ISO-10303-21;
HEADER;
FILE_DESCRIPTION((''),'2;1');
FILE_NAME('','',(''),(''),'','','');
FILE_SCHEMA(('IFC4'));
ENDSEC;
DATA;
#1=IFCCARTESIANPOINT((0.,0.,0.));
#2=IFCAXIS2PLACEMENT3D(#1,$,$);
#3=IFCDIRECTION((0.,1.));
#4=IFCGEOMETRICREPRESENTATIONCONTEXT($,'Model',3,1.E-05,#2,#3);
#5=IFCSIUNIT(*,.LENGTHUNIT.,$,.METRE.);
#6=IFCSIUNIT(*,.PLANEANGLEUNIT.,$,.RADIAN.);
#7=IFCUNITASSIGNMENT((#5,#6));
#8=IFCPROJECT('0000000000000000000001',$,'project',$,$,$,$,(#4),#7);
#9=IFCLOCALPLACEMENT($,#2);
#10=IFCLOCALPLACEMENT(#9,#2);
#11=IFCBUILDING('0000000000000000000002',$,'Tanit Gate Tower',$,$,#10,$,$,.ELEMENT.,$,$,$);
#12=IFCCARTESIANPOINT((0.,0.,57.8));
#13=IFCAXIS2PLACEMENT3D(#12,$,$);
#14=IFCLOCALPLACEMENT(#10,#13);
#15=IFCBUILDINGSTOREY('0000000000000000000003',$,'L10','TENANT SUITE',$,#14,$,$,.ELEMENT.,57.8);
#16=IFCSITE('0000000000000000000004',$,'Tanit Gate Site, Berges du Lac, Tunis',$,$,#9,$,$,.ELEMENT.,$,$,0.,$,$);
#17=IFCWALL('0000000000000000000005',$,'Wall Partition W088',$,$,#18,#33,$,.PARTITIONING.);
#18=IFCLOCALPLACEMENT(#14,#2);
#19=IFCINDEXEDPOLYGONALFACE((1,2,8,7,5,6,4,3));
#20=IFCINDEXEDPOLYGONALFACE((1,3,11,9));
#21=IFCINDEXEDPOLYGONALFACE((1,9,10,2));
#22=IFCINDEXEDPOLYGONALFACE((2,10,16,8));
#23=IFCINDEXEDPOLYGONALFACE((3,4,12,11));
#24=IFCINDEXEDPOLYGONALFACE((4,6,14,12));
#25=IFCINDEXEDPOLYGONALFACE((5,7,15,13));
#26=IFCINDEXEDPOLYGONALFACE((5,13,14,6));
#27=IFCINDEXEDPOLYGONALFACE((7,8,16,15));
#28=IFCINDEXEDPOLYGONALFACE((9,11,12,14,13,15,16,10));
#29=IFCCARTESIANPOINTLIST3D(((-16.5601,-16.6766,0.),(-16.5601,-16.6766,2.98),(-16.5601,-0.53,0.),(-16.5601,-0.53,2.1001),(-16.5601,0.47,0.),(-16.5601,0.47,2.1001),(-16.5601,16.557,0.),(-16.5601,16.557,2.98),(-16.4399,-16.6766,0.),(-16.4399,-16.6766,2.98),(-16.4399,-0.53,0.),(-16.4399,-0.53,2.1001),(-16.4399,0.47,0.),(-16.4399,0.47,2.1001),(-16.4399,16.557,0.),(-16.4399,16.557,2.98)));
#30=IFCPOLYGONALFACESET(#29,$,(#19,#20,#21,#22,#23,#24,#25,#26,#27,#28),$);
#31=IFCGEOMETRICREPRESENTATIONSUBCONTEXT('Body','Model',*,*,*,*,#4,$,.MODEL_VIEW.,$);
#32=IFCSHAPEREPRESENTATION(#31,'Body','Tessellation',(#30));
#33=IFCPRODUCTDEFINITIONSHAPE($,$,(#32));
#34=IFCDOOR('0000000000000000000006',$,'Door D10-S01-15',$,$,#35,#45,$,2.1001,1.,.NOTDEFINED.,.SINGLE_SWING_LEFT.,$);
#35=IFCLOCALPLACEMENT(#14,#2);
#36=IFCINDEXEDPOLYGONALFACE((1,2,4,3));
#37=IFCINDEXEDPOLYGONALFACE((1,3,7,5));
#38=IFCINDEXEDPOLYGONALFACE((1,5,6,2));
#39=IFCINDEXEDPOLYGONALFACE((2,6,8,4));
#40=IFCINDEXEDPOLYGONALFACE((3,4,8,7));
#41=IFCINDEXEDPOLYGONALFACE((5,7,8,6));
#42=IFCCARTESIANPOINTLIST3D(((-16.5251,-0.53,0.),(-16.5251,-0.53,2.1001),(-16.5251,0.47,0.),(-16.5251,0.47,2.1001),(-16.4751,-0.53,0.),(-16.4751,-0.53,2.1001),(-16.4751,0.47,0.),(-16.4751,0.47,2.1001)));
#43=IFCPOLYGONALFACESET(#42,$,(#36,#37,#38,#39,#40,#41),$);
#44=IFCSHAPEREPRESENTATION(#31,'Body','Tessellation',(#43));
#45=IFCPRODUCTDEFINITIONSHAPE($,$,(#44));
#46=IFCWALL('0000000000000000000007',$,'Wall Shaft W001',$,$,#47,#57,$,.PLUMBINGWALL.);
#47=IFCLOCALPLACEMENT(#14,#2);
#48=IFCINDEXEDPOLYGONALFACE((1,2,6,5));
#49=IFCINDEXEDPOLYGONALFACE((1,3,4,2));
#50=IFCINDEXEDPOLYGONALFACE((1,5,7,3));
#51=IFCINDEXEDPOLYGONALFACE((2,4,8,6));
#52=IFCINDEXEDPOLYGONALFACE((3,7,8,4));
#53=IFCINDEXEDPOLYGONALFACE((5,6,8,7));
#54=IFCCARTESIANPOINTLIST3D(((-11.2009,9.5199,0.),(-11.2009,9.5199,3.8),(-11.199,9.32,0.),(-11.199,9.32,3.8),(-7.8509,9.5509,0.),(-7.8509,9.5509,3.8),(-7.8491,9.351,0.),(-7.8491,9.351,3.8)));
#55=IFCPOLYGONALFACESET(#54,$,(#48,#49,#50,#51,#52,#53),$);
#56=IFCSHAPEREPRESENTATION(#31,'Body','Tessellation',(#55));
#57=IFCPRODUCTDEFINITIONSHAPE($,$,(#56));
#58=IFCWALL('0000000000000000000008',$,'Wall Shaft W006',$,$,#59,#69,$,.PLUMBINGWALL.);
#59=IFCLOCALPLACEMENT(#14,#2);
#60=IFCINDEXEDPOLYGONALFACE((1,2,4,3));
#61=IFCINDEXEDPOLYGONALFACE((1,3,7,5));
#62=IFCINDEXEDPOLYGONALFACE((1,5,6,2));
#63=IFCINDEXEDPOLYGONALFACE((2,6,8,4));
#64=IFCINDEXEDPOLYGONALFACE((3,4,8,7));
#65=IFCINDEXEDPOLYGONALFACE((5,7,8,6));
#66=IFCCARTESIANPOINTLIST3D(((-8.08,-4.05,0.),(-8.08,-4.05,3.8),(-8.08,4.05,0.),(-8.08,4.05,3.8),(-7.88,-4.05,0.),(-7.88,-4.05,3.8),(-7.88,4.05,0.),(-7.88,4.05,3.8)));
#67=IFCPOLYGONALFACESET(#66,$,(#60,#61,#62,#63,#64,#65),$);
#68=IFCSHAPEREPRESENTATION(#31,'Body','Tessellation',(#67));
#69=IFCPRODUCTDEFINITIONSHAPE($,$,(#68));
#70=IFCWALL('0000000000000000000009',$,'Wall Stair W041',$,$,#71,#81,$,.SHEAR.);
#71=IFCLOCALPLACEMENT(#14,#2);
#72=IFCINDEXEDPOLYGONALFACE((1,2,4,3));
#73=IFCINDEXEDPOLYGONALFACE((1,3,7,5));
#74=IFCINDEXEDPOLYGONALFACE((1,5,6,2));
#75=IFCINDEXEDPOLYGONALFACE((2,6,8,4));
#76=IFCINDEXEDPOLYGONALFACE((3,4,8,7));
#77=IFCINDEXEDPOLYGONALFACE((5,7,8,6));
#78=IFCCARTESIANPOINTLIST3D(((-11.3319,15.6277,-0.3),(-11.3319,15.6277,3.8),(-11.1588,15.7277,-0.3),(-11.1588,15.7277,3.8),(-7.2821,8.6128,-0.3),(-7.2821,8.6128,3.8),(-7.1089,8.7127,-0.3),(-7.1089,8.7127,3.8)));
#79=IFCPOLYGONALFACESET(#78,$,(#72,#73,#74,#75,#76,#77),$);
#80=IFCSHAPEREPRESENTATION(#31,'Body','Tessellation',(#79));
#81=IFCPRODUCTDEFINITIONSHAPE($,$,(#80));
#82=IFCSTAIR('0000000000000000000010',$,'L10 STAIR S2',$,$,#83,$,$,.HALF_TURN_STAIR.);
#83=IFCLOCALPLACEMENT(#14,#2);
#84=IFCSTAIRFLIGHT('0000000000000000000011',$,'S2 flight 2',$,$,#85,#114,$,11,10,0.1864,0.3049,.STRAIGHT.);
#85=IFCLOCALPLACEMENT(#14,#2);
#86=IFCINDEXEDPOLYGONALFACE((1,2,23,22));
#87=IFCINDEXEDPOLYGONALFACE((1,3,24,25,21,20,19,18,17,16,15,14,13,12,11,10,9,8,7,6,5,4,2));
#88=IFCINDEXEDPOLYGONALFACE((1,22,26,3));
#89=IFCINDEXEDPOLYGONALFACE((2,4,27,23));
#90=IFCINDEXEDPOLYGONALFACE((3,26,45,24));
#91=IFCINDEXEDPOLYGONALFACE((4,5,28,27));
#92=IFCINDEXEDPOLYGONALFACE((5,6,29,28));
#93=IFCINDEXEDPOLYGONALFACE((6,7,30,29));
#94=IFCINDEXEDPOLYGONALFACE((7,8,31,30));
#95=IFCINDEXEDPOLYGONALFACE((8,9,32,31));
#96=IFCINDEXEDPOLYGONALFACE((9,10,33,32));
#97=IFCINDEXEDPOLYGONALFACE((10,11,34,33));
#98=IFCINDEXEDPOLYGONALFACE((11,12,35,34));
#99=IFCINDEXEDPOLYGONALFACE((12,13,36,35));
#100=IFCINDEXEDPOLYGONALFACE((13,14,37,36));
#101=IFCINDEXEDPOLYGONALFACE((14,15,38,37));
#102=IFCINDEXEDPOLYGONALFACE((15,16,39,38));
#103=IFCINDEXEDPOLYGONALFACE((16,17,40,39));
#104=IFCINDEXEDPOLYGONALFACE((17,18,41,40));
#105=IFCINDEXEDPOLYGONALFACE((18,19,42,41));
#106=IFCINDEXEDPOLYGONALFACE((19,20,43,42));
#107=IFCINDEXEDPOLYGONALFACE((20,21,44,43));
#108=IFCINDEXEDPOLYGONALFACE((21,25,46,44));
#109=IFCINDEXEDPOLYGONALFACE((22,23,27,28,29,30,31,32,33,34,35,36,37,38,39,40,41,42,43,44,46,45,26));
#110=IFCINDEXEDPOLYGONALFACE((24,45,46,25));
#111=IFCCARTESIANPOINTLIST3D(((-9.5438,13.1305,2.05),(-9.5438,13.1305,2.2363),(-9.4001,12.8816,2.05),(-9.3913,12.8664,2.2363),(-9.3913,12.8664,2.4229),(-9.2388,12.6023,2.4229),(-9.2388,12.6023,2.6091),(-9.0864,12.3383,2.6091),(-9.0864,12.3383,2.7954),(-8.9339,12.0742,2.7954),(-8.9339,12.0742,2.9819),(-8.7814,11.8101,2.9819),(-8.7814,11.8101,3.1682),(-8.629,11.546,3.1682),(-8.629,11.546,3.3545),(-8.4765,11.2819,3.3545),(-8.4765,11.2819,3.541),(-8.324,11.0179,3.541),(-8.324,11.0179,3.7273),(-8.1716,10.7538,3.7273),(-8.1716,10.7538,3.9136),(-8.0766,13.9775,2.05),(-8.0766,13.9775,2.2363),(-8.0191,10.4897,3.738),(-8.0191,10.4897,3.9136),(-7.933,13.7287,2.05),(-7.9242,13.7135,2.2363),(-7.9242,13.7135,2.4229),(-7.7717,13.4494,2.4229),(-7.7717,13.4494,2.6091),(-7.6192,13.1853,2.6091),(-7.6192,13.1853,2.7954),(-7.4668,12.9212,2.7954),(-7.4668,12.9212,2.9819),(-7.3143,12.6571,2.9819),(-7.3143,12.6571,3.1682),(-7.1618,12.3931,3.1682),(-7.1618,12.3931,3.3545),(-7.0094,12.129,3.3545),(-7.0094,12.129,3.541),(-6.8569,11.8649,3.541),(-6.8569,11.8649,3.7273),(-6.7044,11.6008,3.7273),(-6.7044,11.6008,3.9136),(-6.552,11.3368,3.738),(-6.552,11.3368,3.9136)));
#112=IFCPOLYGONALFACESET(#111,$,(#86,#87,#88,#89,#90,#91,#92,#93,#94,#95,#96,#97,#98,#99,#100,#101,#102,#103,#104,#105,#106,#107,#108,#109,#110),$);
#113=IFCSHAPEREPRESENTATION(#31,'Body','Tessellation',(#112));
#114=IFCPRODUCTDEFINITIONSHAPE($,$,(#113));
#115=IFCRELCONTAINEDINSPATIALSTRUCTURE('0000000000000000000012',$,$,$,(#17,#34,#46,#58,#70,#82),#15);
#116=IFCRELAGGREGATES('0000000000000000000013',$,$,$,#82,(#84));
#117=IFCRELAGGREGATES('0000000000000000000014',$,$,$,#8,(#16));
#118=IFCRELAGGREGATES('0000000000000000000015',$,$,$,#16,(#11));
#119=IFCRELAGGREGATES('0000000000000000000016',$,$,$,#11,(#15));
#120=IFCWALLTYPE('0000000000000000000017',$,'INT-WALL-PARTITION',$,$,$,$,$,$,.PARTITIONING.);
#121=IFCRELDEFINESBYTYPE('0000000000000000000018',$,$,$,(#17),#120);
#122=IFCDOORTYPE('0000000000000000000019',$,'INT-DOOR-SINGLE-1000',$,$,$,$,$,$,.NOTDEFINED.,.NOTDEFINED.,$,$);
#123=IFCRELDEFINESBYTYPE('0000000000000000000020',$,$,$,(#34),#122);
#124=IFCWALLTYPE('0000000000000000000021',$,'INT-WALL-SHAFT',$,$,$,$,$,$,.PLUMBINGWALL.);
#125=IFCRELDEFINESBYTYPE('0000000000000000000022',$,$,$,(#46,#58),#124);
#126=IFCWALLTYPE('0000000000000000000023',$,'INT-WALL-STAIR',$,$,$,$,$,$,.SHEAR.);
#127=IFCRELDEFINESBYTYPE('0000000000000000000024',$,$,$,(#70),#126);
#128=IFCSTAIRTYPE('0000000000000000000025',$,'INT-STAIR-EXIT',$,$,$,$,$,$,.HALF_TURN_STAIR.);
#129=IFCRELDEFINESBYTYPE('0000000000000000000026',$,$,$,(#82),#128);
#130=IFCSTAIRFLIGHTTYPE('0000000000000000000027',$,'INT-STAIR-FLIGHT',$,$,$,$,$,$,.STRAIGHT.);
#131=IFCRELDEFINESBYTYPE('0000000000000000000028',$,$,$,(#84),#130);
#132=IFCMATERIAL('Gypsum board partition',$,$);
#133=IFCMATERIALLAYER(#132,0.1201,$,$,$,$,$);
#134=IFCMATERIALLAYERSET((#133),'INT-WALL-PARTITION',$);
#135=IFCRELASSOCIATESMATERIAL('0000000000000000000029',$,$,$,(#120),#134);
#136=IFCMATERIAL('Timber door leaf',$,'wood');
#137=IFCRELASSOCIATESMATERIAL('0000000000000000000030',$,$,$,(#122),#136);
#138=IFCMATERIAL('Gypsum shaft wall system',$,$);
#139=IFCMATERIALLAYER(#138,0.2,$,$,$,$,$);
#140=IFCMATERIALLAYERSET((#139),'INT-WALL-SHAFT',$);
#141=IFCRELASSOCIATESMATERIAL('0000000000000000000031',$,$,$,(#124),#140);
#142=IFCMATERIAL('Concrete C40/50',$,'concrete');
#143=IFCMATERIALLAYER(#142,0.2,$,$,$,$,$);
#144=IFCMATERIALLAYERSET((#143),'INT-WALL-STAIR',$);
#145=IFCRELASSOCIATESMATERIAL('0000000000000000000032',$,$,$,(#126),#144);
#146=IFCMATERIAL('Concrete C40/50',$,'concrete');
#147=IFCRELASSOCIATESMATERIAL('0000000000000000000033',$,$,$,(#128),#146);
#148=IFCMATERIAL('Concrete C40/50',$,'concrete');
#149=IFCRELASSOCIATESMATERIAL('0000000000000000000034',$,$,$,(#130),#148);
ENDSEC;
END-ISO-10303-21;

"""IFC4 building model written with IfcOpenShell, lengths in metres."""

from ifc_helpers import new_model, si_unit, direction, frame, frame_2d, origin, place, context, subcontext, project, spatial, polyline, rectangle, outline, extrude, material, layer, layer_set, type_object, element, fill, aggregate, save


model = new_model("IFC4")

# Units and contexts
model_context = context("Model", 3, precision=1e-05, world=origin(), true_north=direction((0.0, 1.0)))
body_context = subcontext(model_context, "Body", "Model", "MODEL_VIEW")
ifc_project = project(units=[si_unit("LENGTHUNIT", "METRE"), si_unit("PLANEANGLEUNIT", "RADIAN")], contexts=[model_context])

# Site, building, storey
site_placement = place(None, origin())
site = spatial("IfcSite", under=ifc_project, at=site_placement, Name="Tanit Gate Site, Berges du Lac, Tunis", CompositionType="ELEMENT", RefElevation=0.0)
building_placement = place(site_placement, origin())
building = spatial("IfcBuilding", under=site, at=building_placement, Name="Tanit Gate Tower", CompositionType="ELEMENT")
storey_placement = place(building_placement, frame((0.0, 0.0, 57.8)))
storey = spatial("IfcBuildingStorey", under=building, at=storey_placement, Name="L10", Description="TENANT SUITE", CompositionType="ELEMENT", Elevation=57.8)

# Wall, opening, door
ifc_material_1 = material(Name="Gypsum board partition")
ifc_layer_1 = layer(ifc_material_1, 0.1201)
ifc_layer_set_1 = layer_set([ifc_layer_1], Name="INT-WALL-PARTITION")
wall_type_1 = type_object("IfcWallType", Name="INT-WALL-PARTITION", PredefinedType="PARTITIONING", material=ifc_layer_set_1)
wall_1_placement = place(storey_placement, frame((-16.5, 16.5569, 0.0), z_axis=(0.0, 0.0, 1.0), x_axis=(0.0, -1.0, 0.0)))
wall_1 = element("IfcWall", 1, at=wall_1_placement, inside=storey, type_object=wall_type_1, Name="Wall Partition W088", PredefinedType="PARTITIONING", context=body_context, shape_type="SweptSolid", body=[
    extrude(rectangle(XDim=33.2336, YDim=0.1201, at=frame_2d((16.6167, 0.0))), origin(), (0.0, 0.0, 1.0), 2.98),
])
opening_1_placement = place(wall_1_placement, frame((16.0869, 0.0, 0.0)))
opening_1 = element("IfcOpeningElement", 2, at=opening_1_placement, cuts=wall_1, PredefinedType="OPENING", context=body_context, shape_type="SweptSolid", body=[
    extrude(rectangle(XDim=1.0, YDim=2.1001, at=frame_2d((0.5, 1.05))), frame((0.0, 0.0701, 0.0), z_axis=(0.0, -1.0, 0.0), x_axis=(1.0, 0.0, 0.0)), (0.0, 0.0, 1.0), 0.1401),
])
ifc_material_2 = material(Name="Timber door leaf", Category="wood")
door_type_1 = type_object("IfcDoorType", Name="INT-DOOR-SINGLE-1000", OperationType="NOTDEFINED", PredefinedType="NOTDEFINED", material=ifc_material_2)
door_1_placement = place(opening_1_placement, origin())
door_1 = element("IfcDoor", 3, at=door_1_placement, inside=storey, type_object=door_type_1, Name="Door D10-S01-15", OperationType="SINGLE_SWING_LEFT", OverallHeight=2.1001, OverallWidth=1.0, PredefinedType="NOTDEFINED", context=body_context, shape_type="SweptSolid", body=[
    extrude(rectangle(XDim=1.0, YDim=2.1001, at=frame_2d((0.5, 1.05))), frame((0.0, 0.0249, 0.0), z_axis=(0.0, -1.0, 0.0), x_axis=(1.0, 0.0, 0.0)), (0.0, 0.0, 1.0), 0.05),
])
fill(opening_1, door_1)

# Walls
ifc_material_3 = material(Name="Gypsum shaft wall system")
ifc_layer_2 = layer(ifc_material_3, 0.2)
ifc_layer_set_2 = layer_set([ifc_layer_2], Name="INT-WALL-SHAFT")
wall_type_2 = type_object("IfcWallType", Name="INT-WALL-SHAFT", PredefinedType="PLUMBINGWALL", material=ifc_layer_set_2)
wall_2_placement = place(storey_placement, frame((-11.2, 9.4199, 0.0), z_axis=(0.0, 0.0, 1.0), x_axis=(0.999957, 0.009255, 0.0)))
element("IfcWall", 4, at=wall_2_placement, inside=storey, type_object=wall_type_2, Name="Wall Shaft W001", PredefinedType="PLUMBINGWALL", context=body_context, shape_type="SweptSolid", body=[
    extrude(rectangle(XDim=3.3501, YDim=0.2, at=frame_2d((1.675, 0.0))), origin(), (0.0, 0.0, 1.0), 3.8),
])
wall_3_placement = place(storey_placement, frame((-7.98, 4.05, 0.0), z_axis=(0.0, 0.0, 1.0), x_axis=(0.0, -1.0, 0.0)))
element("IfcWall", 5, at=wall_3_placement, inside=storey, type_object=wall_type_2, Name="Wall Shaft W006", PredefinedType="PLUMBINGWALL", context=body_context, shape_type="SweptSolid", body=[
    extrude(rectangle(XDim=8.1001, YDim=0.2, at=frame_2d((4.05, 0.0))), origin(), (0.0, 0.0, 1.0), 3.8),
])
ifc_material_4 = material(Name="Concrete C40/50", Category="concrete")
ifc_layer_3 = layer(ifc_material_4, 0.2)
ifc_layer_set_3 = layer_set([ifc_layer_3], Name="INT-WALL-STAIR")
wall_type_3 = type_object("IfcWallType", Name="INT-WALL-STAIR", PredefinedType="SHEAR", material=ifc_layer_set_3)
wall_4_placement = place(storey_placement, frame((-11.2454, 15.6777, -0.3), z_axis=(0.0, 0.0, 1.0), x_axis=(0.499977, -0.866039, 0.0)))
element("IfcWall", 6, at=wall_4_placement, inside=storey, type_object=wall_type_3, Name="Wall Stair W041", PredefinedType="SHEAR", context=body_context, shape_type="SweptSolid", body=[
    extrude(rectangle(XDim=8.1001, YDim=0.2, at=frame_2d((4.05, 0.0))), origin(), (0.0, 0.0, 1.0), 4.1001),
])

# Stair, stair flight
ifc_material_5 = material(Name="Concrete C40/50", Category="concrete")
stair_type = type_object("IfcStairType", Name="INT-STAIR-EXIT", PredefinedType="HALF_TURN_STAIR", material=ifc_material_5)
stair_placement = place(storey_placement, origin())
stair = element("IfcStair", 7, at=stair_placement, inside=storey, type_object=stair_type, Name="L10 STAIR S2", PredefinedType="HALF_TURN_STAIR")
ifc_material_6 = material(Name="Concrete C40/50", Category="concrete")
stair_flight_type = type_object("IfcStairFlightType", Name="INT-STAIR-FLIGHT", PredefinedType="STRAIGHT", material=ifc_material_6)
stair_flight_placement = place(storey_placement, frame((-8.8103, 13.554, 2.05), z_axis=(0.0, 0.0, 1.0), x_axis=(0.5, -0.866025, 0.0)))
stair_flight = element("IfcStairFlight", 8, at=stair_flight_placement, type_object=stair_flight_type, Name="S2 flight 2", NumberOfRisers=11, NumberOfTreads=10, PredefinedType="STRAIGHT", RiserHeight=0.1864, TreadLength=0.3049, context=body_context, shape_type="SweptSolid", body=[
    extrude(outline(polyline([(0.0, 0.0), (0.0, 0.1863), (0.3049, 0.1863), (0.3049, 0.3728), (0.6099, 0.3728), (0.6099, 0.5591), (0.9148, 0.5591), (0.9148, 0.7454), (1.2197, 0.7454), (1.2197, 0.9319), (1.5247, 0.9319), (1.5247, 1.1182), (1.8296, 1.1182), (1.8296, 1.3044), (2.1345, 1.3044), (2.1345, 1.491), (2.4395, 1.491), (2.4395, 1.6772), (2.7444, 1.6772), (2.7444, 1.8635), (3.0493, 1.8635), (3.0493, 2.05), (3.0493, 1.688), (0.2874, 0.0), (0.0, 0.0)])), frame((0.0, 0.8472, 0.0), z_axis=(0.0, -1.0, 0.0), x_axis=(1.0, 0.0, 0.0)), (0.0, 0.0, 1.0), 1.6941),
])
aggregate(stair, [stair_flight])

save(model, "model.ifc")
